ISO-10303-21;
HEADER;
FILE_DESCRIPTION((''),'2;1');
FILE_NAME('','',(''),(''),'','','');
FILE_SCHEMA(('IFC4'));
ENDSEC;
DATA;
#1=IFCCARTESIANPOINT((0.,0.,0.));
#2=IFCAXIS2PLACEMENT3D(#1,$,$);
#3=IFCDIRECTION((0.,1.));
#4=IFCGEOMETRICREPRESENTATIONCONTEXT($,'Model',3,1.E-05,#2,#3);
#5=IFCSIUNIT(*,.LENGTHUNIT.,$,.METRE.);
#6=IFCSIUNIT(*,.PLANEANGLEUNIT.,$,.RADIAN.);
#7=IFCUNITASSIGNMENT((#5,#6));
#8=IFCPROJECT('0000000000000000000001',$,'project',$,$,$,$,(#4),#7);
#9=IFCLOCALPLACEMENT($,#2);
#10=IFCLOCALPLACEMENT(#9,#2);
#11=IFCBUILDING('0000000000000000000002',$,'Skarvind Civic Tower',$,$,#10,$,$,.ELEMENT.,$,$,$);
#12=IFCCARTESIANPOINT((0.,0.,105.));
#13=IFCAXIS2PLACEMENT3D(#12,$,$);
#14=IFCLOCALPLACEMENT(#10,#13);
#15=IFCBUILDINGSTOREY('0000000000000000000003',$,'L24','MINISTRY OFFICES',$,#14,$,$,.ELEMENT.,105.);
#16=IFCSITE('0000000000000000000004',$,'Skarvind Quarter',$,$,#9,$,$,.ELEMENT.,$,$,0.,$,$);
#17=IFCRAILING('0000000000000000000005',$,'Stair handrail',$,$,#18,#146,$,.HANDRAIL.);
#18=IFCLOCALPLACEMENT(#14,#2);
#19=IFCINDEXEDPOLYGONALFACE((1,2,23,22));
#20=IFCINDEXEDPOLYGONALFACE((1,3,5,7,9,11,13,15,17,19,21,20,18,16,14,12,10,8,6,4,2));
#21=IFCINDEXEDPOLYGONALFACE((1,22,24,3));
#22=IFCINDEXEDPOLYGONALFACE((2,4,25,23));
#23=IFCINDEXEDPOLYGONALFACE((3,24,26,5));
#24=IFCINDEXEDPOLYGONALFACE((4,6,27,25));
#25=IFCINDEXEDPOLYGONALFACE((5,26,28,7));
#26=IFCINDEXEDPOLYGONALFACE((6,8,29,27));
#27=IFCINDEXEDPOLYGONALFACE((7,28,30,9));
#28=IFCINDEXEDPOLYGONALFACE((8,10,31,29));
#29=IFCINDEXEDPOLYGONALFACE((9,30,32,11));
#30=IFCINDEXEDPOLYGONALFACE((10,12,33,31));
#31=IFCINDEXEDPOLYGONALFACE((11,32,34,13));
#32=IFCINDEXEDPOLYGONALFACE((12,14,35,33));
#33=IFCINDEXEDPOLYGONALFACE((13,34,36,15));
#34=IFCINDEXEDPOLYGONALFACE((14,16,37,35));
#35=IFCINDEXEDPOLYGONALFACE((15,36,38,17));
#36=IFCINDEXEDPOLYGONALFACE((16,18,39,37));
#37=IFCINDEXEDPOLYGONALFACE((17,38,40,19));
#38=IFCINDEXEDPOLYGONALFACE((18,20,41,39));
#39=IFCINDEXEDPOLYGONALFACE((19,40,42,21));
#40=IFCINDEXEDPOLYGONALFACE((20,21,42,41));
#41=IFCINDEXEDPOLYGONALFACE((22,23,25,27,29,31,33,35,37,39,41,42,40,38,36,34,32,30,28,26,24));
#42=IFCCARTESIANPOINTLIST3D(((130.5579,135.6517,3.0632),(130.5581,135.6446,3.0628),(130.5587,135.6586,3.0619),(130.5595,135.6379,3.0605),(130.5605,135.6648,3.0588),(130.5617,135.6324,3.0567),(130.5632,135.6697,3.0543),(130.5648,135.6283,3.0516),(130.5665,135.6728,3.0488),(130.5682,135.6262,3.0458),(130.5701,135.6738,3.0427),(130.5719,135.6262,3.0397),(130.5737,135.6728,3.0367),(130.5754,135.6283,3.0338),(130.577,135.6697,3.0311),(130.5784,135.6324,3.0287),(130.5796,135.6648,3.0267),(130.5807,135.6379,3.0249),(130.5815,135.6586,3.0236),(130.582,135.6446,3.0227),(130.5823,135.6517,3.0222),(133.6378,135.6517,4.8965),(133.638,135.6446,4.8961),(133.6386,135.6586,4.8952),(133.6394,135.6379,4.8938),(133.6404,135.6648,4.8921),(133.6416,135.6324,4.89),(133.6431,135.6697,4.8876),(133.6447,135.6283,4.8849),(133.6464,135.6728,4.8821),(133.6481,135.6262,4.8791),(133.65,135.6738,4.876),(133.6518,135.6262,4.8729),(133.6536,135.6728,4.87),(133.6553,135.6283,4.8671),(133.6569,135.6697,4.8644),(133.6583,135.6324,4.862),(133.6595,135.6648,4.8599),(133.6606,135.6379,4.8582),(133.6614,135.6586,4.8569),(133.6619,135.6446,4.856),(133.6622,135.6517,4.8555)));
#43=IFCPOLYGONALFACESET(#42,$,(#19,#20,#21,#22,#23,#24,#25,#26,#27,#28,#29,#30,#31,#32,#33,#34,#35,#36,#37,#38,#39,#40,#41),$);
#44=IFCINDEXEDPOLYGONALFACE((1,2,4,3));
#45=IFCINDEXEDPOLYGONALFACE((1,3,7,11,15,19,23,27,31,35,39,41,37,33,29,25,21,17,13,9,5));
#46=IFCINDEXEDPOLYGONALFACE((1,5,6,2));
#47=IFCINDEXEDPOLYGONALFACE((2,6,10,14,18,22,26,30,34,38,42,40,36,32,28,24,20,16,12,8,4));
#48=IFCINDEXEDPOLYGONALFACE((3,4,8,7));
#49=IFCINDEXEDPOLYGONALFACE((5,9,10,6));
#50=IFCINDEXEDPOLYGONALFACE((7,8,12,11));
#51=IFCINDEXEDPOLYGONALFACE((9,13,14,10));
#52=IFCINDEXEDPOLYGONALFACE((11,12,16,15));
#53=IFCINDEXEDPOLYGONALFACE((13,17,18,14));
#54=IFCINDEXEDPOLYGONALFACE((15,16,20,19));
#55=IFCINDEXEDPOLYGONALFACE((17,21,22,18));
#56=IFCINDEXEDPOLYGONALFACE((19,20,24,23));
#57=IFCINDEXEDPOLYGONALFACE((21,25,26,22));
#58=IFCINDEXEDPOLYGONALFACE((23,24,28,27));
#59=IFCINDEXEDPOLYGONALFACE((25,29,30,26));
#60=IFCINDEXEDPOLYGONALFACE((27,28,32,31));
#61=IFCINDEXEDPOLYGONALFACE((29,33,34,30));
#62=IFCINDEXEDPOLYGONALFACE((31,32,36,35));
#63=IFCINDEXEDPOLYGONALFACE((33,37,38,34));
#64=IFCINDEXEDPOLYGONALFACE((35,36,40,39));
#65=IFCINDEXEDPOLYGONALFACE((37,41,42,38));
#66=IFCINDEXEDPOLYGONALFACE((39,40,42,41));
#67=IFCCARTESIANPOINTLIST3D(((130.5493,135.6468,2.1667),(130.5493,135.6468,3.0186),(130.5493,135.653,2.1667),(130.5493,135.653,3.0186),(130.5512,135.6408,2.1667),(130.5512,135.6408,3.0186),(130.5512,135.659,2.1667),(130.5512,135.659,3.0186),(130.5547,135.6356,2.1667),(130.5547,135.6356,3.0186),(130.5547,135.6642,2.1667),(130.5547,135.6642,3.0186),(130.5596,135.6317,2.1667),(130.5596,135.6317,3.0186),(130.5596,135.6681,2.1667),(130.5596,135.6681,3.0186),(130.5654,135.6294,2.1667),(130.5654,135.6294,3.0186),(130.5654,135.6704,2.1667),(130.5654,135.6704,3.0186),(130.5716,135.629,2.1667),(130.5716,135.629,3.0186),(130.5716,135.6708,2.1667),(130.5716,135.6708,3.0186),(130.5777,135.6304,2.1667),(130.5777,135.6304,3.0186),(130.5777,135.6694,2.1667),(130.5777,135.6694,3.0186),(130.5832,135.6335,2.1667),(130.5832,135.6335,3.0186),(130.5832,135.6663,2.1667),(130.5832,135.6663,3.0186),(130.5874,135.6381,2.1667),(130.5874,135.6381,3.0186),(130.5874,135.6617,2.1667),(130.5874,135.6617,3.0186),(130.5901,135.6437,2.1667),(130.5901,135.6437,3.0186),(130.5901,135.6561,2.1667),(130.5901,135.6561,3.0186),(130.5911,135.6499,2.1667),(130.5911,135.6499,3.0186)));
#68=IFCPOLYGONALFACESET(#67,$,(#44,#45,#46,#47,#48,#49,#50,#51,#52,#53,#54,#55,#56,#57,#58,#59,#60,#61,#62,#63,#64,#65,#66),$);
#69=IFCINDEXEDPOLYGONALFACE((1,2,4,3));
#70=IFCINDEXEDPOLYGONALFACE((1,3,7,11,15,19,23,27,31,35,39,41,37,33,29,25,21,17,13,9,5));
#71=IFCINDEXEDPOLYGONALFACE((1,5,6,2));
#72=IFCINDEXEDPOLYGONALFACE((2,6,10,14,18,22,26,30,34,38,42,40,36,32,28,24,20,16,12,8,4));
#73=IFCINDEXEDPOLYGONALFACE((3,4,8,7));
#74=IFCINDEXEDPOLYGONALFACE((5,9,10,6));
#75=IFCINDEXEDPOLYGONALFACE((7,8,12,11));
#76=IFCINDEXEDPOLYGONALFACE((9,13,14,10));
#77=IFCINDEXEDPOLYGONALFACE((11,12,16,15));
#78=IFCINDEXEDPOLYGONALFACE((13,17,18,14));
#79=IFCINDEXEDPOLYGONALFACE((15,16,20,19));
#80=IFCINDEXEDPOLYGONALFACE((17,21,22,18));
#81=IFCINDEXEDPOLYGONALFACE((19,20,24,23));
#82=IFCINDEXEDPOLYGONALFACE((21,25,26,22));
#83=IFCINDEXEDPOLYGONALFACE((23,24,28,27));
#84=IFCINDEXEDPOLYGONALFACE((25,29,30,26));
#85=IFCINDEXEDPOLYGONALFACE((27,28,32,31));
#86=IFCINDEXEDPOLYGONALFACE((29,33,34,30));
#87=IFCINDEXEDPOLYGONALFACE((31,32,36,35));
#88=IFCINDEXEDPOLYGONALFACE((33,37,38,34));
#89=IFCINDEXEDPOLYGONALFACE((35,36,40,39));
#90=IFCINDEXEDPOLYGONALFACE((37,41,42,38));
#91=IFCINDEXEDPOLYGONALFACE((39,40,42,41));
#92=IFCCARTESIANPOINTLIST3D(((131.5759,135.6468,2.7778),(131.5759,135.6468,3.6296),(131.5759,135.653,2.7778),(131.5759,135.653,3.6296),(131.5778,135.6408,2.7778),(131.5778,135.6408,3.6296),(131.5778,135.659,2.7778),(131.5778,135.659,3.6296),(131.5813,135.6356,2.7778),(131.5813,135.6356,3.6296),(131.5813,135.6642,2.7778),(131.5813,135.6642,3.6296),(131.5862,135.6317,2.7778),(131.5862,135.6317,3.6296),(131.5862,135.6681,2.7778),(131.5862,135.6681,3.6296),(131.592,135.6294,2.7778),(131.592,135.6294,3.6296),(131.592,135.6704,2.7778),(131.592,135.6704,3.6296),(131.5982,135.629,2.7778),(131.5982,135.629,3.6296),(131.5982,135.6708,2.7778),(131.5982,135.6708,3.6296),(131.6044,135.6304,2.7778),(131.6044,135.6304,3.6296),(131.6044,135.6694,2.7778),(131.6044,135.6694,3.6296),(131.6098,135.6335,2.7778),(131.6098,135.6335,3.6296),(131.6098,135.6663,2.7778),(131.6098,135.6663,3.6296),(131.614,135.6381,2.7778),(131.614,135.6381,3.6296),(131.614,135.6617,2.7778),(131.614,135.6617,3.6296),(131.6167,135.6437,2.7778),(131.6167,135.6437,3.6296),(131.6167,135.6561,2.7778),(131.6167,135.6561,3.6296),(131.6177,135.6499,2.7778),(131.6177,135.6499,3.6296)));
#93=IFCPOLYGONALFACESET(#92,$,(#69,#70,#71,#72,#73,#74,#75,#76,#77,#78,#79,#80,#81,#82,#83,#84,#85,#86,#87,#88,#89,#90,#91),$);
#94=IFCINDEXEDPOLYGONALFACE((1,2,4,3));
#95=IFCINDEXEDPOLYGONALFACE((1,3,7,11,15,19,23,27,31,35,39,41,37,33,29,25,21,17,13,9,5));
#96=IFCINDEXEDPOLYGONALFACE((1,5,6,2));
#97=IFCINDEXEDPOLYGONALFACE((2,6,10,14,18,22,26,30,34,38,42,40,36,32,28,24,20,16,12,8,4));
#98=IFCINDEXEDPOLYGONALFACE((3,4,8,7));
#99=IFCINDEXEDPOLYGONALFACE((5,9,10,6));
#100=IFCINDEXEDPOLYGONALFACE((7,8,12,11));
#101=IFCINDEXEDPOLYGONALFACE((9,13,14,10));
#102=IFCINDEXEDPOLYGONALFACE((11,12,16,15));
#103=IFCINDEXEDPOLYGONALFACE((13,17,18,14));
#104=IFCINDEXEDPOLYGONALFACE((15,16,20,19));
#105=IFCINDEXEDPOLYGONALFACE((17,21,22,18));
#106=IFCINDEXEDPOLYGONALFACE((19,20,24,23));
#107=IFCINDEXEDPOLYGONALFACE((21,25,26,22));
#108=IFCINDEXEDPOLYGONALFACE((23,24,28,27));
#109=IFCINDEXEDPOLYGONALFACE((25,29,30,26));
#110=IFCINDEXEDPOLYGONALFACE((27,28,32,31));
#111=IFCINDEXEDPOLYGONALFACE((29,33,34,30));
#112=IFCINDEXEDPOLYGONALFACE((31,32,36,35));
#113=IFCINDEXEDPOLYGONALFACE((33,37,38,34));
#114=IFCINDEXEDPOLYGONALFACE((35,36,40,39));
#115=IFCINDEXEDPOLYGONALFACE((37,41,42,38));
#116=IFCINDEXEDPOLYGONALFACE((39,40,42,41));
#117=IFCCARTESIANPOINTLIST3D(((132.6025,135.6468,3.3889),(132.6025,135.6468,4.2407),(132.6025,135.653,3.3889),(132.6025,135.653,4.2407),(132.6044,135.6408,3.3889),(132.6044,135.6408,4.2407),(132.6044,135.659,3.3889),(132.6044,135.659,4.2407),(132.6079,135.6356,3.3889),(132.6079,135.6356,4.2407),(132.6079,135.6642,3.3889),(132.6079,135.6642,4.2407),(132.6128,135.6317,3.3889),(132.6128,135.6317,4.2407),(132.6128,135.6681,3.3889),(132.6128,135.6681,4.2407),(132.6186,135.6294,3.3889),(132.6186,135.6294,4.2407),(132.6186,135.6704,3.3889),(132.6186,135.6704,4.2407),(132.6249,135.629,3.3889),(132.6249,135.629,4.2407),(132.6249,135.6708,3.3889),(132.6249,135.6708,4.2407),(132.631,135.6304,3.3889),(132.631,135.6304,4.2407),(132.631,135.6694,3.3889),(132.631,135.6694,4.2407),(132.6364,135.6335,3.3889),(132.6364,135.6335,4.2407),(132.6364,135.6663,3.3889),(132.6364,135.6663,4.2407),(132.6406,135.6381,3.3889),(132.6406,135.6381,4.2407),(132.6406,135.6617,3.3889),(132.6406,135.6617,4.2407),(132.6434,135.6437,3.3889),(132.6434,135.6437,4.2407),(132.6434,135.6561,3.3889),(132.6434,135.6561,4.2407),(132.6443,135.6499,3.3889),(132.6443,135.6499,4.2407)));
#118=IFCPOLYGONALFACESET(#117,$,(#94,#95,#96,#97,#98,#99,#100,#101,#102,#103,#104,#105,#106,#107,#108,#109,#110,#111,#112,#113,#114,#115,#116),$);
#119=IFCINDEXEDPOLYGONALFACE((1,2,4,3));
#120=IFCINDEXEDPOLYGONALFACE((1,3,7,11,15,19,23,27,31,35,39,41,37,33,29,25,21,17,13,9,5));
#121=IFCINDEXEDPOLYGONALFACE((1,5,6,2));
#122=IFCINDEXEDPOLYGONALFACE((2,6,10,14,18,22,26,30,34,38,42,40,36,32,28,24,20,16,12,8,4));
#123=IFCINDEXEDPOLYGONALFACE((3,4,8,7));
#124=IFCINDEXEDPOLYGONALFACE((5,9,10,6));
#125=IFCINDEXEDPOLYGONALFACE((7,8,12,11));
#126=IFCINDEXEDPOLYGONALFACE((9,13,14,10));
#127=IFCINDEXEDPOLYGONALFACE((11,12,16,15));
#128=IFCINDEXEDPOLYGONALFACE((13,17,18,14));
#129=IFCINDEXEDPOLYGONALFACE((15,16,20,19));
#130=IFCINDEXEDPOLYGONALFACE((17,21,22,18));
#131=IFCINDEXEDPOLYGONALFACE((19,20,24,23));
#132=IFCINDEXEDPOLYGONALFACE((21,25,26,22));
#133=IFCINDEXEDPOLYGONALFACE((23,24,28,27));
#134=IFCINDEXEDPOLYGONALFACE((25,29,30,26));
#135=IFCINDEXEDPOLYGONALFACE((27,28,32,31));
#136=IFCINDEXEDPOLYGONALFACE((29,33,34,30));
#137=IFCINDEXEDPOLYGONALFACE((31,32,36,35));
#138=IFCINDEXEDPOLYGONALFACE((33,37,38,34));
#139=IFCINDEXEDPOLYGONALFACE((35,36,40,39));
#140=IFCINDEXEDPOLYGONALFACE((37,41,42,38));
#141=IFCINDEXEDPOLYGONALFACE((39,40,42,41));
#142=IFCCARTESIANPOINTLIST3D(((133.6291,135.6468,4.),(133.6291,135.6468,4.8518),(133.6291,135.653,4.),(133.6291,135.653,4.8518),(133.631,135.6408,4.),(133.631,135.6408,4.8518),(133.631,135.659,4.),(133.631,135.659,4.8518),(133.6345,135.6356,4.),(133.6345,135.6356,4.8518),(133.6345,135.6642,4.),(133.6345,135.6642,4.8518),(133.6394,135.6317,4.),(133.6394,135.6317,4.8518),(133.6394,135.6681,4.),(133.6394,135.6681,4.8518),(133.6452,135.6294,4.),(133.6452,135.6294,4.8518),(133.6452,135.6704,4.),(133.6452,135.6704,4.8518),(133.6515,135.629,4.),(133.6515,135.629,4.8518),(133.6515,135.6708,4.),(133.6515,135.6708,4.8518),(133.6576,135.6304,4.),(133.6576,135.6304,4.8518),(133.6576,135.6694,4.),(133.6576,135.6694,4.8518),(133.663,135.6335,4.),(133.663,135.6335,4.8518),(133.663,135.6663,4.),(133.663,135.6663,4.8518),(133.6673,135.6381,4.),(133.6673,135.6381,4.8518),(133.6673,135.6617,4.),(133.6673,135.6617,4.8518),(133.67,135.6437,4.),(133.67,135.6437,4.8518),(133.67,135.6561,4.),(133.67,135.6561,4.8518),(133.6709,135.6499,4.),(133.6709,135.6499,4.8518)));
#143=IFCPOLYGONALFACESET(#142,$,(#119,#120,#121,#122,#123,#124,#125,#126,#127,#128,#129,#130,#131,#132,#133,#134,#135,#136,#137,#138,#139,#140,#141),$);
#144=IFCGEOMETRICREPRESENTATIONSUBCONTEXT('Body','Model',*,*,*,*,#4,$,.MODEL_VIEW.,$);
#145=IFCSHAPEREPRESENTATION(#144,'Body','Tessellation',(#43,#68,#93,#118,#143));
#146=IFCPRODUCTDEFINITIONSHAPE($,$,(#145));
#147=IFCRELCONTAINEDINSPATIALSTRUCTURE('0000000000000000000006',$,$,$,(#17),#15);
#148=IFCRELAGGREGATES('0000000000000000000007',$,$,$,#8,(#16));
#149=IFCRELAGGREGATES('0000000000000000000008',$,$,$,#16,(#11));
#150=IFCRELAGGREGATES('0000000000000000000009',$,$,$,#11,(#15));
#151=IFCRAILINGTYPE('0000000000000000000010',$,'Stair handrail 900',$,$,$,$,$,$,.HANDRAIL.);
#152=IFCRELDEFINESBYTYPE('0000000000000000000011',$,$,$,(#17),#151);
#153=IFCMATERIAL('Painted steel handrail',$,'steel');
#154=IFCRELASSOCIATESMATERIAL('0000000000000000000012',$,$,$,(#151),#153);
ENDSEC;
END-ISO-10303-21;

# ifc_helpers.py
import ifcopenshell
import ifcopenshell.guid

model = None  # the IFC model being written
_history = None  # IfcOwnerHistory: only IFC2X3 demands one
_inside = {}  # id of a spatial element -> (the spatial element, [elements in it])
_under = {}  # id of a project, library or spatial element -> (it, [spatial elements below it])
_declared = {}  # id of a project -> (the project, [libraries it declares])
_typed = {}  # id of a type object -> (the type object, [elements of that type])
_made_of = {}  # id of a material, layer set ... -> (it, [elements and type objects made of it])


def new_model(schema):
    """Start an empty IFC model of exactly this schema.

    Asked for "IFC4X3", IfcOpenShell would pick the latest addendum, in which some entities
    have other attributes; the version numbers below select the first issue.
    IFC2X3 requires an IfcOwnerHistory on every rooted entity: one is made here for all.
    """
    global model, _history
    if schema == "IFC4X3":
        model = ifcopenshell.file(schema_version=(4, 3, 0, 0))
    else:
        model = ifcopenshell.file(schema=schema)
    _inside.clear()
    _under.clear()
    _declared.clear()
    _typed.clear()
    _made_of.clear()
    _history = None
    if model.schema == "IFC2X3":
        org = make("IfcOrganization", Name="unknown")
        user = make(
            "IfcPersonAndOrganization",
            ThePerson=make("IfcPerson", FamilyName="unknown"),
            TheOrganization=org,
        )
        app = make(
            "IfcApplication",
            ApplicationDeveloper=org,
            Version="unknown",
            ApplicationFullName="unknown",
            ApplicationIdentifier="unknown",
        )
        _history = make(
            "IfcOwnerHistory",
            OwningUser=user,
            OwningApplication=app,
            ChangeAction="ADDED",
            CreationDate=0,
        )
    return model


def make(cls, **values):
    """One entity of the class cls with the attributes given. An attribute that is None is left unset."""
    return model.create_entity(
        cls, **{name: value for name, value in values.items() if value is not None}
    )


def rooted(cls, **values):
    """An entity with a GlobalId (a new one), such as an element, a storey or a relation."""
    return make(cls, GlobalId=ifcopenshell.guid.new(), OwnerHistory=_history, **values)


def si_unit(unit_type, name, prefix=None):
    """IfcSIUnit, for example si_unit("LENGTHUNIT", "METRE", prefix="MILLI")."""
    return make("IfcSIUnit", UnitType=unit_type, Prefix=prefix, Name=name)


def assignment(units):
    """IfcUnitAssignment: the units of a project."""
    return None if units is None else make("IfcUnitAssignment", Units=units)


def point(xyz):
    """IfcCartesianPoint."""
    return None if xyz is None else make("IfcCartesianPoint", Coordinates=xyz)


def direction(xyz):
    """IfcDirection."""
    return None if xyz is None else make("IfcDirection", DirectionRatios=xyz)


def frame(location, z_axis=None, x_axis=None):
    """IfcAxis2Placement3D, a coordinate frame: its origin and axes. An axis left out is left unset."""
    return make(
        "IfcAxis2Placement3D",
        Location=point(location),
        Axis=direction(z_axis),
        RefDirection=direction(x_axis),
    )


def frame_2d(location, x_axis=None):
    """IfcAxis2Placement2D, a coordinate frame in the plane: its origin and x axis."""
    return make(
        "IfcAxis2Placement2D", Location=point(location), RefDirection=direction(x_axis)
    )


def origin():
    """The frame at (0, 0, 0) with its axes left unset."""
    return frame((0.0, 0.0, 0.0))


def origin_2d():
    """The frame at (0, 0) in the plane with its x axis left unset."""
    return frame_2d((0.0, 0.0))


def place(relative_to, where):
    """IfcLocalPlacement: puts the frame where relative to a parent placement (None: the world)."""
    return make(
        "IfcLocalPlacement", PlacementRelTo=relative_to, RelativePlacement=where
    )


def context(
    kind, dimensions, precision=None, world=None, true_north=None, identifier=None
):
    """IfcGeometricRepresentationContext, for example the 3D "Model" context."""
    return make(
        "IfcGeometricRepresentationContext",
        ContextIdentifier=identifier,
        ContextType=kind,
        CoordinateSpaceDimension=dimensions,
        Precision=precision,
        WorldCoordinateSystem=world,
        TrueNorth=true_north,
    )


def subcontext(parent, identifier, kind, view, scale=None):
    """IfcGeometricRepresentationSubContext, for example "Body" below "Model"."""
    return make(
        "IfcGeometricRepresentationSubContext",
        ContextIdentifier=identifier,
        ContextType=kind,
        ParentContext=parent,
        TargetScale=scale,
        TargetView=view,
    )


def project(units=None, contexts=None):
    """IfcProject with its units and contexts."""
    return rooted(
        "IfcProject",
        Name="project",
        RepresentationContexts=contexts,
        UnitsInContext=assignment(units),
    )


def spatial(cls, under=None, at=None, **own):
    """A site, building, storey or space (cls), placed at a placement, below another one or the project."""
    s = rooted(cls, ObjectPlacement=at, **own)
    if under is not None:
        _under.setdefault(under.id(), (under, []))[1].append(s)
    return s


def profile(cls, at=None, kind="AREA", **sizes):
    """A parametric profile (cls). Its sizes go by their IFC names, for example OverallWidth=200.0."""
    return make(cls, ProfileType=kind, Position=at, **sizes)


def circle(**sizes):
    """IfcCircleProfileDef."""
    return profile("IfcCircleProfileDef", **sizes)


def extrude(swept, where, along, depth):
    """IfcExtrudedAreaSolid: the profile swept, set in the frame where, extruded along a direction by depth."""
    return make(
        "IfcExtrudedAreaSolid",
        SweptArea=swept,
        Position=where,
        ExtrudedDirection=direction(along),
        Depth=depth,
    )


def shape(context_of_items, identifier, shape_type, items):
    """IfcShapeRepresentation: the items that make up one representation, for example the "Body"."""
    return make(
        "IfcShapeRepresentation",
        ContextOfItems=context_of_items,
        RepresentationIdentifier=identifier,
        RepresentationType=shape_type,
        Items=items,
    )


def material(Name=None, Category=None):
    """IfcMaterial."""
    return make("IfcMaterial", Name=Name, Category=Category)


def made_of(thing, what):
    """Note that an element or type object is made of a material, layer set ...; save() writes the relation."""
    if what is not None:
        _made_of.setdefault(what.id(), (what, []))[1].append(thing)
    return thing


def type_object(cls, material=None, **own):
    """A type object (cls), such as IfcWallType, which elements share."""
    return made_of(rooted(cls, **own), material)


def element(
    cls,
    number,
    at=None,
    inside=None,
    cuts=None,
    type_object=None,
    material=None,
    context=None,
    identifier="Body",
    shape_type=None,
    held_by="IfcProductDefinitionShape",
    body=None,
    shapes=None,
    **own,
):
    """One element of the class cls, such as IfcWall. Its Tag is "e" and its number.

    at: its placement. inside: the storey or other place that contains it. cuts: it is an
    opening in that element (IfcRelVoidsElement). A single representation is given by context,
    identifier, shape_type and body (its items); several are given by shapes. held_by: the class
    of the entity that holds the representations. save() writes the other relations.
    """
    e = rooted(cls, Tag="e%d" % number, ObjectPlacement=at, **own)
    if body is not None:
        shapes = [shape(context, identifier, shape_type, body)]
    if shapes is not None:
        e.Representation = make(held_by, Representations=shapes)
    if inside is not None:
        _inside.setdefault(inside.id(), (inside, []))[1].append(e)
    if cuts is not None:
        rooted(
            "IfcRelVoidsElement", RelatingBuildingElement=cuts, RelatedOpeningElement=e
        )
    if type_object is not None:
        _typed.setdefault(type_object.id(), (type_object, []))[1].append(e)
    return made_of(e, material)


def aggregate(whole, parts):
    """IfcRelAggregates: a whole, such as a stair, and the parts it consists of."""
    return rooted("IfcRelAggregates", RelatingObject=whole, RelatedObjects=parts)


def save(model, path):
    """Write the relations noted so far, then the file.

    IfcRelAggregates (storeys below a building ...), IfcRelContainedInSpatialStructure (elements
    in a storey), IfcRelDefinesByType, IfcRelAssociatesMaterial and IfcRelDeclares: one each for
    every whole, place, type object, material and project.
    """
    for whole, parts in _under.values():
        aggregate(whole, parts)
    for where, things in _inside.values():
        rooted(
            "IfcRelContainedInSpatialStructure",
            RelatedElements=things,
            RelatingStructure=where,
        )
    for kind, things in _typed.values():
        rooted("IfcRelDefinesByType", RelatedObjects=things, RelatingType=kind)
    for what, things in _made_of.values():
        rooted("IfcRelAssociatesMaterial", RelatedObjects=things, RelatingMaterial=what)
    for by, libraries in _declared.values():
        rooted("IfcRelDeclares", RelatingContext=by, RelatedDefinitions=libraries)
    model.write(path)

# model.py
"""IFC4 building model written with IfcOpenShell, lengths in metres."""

from ifc_helpers import new_model, si_unit, direction, frame, origin, origin_2d, place, context, subcontext, project, spatial, circle, extrude, material, type_object, element, save


model = new_model("IFC4")

# Units and contexts
model_context = context("Model", 3, precision=1e-05, world=origin(), true_north=direction((0.0, 1.0)))
body_context = subcontext(model_context, "Body", "Model", "MODEL_VIEW")
ifc_project = project(units=[si_unit("LENGTHUNIT", "METRE"), si_unit("PLANEANGLEUNIT", "RADIAN")], contexts=[model_context])

# Site, building, storey
site_placement = place(None, origin())
site = spatial("IfcSite", under=ifc_project, at=site_placement, Name="Skarvind Quarter", CompositionType="ELEMENT", RefElevation=0.0)
building_placement = place(site_placement, origin())
building = spatial("IfcBuilding", under=site, at=building_placement, Name="Skarvind Civic Tower", CompositionType="ELEMENT")
storey_placement = place(building_placement, frame((0.0, 0.0, 105.0)))
storey = spatial("IfcBuildingStorey", under=building, at=storey_placement, Name="L24", Description="MINISTRY OFFICES", CompositionType="ELEMENT", Elevation=105.0)

# Railing
ifc_material_1 = material(Name="Painted steel handrail", Category="steel")
railing_type = type_object("IfcRailingType", Name="Stair handrail 900", PredefinedType="HANDRAIL", material=ifc_material_1)
railing_1_placement = place(storey_placement, frame((130.5701, 135.6499, 2.1667)))
element("IfcRailing", 1, at=railing_1_placement, inside=storey, type_object=railing_type, Name="Stair handrail", PredefinedType="HANDRAIL", context=body_context, shape_type="SweptSolid", body=[
    extrude(circle(Radius=0.0239, at=origin_2d()), frame((0.0, 0.0, 0.876), z_axis=(0.859291, 0.0, 0.511487), x_axis=(0.0, 1.0, 0.0)), (0.0, 0.0, 1.0), 3.5842),
    extrude(circle(Radius=0.021, at=origin_2d()), origin(), (0.0, 0.0, 1.0), 0.8518),
    extrude(circle(Radius=0.021, at=origin_2d()), frame((1.0266, 0.0, 0.6111)), (0.0, 0.0, 1.0), 0.8518),
    extrude(circle(Radius=0.021, at=origin_2d()), frame((2.0532, 0.0, 1.2222)), (0.0, 0.0, 1.0), 0.8518),
    extrude(circle(Radius=0.021, at=origin_2d()), frame((3.0798, 0.0, 1.8333)), (0.0, 0.0, 1.0), 0.8518),
])

save(model, "model.ifc")
